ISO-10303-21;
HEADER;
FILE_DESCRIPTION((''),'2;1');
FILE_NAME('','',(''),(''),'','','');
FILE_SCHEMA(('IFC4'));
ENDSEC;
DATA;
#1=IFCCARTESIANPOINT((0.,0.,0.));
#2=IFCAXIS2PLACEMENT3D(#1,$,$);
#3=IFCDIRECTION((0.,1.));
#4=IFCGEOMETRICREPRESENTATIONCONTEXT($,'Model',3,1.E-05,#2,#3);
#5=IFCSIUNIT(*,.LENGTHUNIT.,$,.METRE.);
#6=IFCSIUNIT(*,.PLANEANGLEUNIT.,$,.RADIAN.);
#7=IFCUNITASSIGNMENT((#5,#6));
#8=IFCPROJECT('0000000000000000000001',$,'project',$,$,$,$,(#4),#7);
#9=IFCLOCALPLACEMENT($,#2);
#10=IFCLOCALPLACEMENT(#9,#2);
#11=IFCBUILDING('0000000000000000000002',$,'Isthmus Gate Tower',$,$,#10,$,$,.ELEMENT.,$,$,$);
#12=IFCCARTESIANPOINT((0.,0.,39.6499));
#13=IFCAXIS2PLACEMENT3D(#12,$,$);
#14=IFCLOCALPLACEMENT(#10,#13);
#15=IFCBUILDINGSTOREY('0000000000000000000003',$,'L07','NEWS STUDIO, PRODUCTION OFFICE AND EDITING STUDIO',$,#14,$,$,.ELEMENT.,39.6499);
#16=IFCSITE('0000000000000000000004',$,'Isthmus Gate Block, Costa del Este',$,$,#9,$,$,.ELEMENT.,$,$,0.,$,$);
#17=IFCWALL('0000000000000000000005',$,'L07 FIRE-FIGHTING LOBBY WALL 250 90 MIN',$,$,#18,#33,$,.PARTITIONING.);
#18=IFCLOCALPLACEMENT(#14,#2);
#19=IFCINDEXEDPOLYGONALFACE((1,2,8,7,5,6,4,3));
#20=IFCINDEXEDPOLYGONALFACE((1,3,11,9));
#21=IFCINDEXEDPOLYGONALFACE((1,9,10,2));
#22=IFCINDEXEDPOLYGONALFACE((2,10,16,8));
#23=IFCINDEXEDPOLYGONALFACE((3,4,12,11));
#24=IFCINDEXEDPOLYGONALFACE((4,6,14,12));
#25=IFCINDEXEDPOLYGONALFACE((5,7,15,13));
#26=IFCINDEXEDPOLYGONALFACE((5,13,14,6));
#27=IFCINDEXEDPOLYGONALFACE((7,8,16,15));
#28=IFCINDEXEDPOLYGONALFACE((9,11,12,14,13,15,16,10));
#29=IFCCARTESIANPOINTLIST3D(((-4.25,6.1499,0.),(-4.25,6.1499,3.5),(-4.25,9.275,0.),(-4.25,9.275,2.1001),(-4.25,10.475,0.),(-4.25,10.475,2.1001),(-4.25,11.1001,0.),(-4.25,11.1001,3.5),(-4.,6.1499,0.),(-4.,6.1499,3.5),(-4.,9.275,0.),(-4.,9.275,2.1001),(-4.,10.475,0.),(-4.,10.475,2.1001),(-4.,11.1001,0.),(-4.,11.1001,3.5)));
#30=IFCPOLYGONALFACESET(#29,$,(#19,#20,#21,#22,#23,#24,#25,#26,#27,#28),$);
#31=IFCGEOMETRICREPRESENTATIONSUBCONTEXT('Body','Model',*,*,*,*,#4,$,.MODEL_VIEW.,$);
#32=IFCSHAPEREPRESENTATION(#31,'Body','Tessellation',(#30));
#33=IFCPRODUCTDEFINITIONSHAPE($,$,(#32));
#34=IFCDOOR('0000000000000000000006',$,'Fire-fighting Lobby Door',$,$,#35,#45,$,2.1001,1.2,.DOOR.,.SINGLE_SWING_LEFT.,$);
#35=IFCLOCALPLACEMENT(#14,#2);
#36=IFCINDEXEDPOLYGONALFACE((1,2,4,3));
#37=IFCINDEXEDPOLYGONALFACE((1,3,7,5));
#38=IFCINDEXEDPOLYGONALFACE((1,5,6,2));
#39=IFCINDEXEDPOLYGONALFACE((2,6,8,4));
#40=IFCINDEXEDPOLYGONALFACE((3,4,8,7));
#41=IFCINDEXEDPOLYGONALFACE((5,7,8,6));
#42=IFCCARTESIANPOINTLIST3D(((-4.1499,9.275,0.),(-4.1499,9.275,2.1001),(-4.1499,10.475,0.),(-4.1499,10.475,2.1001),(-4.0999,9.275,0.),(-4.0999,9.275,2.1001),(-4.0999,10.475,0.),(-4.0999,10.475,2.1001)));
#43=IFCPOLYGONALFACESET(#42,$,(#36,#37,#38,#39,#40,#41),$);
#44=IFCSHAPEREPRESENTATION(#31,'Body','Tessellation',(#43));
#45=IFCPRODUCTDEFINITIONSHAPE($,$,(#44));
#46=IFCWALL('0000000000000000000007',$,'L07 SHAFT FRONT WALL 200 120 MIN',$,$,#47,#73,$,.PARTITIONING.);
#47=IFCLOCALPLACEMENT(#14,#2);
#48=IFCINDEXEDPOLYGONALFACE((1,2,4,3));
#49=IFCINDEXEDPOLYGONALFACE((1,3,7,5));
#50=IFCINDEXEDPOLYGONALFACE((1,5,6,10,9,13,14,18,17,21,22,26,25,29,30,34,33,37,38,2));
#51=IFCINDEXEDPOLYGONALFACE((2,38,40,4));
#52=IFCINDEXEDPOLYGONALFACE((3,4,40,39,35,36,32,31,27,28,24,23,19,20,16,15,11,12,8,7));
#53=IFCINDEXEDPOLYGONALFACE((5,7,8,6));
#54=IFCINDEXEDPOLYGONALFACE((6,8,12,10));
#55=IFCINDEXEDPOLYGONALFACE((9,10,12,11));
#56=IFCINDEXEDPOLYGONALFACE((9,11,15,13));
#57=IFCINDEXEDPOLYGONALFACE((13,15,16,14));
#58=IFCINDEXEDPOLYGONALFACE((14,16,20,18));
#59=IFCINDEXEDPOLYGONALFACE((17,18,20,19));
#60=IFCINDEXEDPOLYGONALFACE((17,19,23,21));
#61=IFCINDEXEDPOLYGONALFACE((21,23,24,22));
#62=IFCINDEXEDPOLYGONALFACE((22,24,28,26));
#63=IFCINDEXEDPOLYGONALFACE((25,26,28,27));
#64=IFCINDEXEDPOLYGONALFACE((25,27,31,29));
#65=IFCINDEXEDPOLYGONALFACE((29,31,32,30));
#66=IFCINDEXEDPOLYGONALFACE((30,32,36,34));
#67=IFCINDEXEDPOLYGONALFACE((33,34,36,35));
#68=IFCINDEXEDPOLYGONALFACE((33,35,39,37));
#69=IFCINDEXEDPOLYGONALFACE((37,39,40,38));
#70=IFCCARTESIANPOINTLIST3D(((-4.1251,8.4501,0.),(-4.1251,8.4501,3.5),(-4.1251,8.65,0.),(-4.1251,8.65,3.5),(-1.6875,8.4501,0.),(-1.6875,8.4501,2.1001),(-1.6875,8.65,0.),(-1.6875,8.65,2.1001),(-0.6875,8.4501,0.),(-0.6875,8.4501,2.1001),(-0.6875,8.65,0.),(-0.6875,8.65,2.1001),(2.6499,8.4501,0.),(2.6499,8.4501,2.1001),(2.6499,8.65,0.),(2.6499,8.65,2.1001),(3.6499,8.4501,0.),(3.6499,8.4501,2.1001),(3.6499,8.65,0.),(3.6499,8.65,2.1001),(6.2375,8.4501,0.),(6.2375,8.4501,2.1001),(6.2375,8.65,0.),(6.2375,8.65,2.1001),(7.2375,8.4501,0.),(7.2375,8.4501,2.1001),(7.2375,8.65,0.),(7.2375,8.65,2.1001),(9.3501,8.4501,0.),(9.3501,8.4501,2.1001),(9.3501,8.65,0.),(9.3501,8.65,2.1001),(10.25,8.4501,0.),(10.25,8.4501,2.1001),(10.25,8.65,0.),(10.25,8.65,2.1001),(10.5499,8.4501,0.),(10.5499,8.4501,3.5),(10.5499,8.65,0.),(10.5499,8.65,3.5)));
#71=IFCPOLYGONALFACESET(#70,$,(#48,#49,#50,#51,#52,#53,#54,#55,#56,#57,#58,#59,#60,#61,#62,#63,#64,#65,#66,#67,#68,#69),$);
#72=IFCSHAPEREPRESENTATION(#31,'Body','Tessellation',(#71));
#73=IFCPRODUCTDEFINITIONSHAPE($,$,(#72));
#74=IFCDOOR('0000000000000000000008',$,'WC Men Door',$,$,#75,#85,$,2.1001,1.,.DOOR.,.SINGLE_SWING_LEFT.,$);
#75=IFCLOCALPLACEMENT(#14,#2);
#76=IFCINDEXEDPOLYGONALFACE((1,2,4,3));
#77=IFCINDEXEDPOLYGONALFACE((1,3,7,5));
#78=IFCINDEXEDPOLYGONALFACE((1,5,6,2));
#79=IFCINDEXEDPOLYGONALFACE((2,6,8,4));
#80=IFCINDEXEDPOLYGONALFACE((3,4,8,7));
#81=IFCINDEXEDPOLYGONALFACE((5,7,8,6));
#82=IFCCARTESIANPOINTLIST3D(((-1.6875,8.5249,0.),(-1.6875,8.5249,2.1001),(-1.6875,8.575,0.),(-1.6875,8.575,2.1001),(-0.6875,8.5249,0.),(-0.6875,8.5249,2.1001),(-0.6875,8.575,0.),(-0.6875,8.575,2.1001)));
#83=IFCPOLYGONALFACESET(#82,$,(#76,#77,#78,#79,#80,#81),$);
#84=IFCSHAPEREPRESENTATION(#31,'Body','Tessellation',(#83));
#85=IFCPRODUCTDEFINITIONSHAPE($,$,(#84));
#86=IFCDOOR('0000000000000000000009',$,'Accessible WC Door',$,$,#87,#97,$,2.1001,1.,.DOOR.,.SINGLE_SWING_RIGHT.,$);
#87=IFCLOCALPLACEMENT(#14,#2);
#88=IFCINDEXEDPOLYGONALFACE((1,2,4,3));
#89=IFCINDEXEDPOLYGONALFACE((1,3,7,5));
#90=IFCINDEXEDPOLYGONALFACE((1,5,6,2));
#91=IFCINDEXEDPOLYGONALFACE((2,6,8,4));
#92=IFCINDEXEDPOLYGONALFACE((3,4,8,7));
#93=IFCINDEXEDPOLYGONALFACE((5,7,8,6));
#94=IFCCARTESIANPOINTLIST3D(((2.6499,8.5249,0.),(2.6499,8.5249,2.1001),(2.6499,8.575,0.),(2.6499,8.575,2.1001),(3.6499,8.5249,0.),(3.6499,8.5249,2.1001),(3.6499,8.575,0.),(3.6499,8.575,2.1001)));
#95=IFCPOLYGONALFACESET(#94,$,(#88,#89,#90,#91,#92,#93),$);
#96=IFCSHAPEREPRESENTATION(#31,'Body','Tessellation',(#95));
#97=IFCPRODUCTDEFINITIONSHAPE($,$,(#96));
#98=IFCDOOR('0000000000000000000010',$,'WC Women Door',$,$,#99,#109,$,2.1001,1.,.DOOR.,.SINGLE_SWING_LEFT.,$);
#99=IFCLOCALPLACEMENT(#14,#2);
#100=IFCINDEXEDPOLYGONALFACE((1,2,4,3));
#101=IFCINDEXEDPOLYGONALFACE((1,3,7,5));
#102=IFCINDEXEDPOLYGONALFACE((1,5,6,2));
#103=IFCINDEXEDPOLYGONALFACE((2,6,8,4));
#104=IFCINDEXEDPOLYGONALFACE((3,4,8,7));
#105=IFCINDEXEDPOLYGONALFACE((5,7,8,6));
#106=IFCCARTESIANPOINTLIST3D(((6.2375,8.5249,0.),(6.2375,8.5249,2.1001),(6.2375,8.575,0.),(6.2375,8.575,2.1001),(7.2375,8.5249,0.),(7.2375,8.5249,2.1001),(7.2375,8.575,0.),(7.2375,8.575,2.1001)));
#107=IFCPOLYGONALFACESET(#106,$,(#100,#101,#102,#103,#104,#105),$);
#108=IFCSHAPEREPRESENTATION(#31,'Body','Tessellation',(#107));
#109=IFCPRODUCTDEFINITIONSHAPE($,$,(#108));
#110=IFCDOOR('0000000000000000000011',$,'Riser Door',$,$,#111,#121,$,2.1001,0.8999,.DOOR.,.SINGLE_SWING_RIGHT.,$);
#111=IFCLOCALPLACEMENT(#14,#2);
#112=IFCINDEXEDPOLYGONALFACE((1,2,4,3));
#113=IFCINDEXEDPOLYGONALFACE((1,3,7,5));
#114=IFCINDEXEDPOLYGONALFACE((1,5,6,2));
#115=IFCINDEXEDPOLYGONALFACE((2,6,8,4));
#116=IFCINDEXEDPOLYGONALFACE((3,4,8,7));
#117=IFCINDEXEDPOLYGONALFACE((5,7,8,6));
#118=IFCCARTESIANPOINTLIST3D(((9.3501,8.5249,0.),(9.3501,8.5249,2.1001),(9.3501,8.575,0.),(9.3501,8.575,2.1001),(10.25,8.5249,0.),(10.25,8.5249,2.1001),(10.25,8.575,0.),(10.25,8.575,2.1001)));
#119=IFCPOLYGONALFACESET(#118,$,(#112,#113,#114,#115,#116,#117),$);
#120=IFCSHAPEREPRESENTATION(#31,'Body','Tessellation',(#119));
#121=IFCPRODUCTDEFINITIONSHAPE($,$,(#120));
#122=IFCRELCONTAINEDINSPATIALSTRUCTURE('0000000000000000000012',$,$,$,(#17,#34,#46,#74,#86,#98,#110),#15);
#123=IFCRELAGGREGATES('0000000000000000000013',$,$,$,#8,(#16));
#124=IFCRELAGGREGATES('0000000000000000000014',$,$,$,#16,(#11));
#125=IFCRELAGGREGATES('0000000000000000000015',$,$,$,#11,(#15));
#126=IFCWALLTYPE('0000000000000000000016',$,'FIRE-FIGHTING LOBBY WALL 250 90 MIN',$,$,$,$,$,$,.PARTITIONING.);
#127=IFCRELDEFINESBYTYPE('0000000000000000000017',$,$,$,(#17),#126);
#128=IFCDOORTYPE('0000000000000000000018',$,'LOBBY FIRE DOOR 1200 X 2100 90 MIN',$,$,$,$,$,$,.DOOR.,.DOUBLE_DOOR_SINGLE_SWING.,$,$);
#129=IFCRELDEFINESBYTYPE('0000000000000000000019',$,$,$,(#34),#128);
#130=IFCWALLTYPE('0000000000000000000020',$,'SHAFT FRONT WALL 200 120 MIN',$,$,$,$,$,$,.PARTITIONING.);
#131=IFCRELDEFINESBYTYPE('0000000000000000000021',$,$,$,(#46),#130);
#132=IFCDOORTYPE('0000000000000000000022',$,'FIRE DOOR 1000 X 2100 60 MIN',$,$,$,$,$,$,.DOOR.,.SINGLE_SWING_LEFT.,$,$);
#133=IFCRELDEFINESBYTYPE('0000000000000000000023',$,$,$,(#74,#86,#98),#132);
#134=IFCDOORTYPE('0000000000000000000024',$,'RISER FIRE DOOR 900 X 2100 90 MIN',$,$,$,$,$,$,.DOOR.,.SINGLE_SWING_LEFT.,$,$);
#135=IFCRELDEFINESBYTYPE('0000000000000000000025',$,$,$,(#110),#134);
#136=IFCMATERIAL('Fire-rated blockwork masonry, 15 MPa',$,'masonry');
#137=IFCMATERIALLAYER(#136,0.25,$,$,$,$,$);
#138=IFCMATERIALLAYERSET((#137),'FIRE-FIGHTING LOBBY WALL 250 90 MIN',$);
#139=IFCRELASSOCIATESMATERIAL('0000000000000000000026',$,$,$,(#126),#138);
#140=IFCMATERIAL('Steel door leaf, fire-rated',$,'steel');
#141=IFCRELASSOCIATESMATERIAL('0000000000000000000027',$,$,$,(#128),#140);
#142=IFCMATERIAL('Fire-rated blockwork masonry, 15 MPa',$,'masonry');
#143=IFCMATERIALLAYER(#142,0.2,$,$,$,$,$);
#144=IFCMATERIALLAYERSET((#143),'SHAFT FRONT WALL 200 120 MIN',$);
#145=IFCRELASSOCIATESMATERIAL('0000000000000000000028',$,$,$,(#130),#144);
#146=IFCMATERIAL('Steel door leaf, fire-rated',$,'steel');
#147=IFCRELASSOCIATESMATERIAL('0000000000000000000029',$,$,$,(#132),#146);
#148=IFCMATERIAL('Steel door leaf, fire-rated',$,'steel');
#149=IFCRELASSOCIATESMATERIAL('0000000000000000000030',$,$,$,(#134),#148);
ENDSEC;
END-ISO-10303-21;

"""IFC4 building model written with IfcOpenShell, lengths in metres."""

from ifc_helpers import new_model, si_unit, direction, frame, frame_2d, origin, place, context, subcontext, project, spatial, rectangle, extrude, material, layer, layer_set, type_object, element, fill, save


model = new_model("IFC4")

# Units and contexts
model_context = context("Model", 3, precision=1e-05, world=origin(), true_north=direction((0.0, 1.0)))
body_context = subcontext(model_context, "Body", "Model", "MODEL_VIEW")
ifc_project = project(units=[si_unit("LENGTHUNIT", "METRE"), si_unit("PLANEANGLEUNIT", "RADIAN")], contexts=[model_context])

# Site, building, storey
site_placement = place(None, origin())
site = spatial("IfcSite", under=ifc_project, at=site_placement, Name="Isthmus Gate Block, Costa del Este", CompositionType="ELEMENT", RefElevation=0.0)
building_placement = place(site_placement, origin())
building = spatial("IfcBuilding", under=site, at=building_placement, Name="Isthmus Gate Tower", CompositionType="ELEMENT")
storey_placement = place(building_placement, frame((0.0, 0.0, 39.6499)))
storey = spatial("IfcBuildingStorey", under=building, at=storey_placement, Name="L07", Description="NEWS STUDIO, PRODUCTION OFFICE AND EDITING STUDIO", CompositionType="ELEMENT", Elevation=39.6499)

# Wall, opening, door
ifc_material_1 = material(Name="Fire-rated blockwork masonry, 15 MPa", Category="masonry")
ifc_layer_1 = layer(ifc_material_1, 0.25)
ifc_layer_set_1 = layer_set([ifc_layer_1], Name="FIRE-FIGHTING LOBBY WALL 250 90 MIN")
wall_type_1 = type_object("IfcWallType", Name="FIRE-FIGHTING LOBBY WALL 250 90 MIN", PredefinedType="PARTITIONING", material=ifc_layer_set_1)
wall_1_placement = place(storey_placement, frame((-4.125, 6.1499, 0.0), z_axis=(0.0, 0.0, 1.0), x_axis=(0.0, 1.0, 0.0)))
wall_1 = element("IfcWall", 1, at=wall_1_placement, inside=storey, type_object=wall_type_1, Name="L07 FIRE-FIGHTING LOBBY WALL 250 90 MIN", PredefinedType="PARTITIONING", context=body_context, shape_type="SweptSolid", body=[
    extrude(rectangle(XDim=4.9502, YDim=0.25, at=frame_2d((2.4751, 0.0))), origin(), (0.0, 0.0, 1.0), 3.5),
])
opening_1_placement = place(wall_1_placement, frame((3.125, 0.0, 0.0)))
opening_1 = element("IfcOpeningElement", 2, at=opening_1_placement, cuts=wall_1, PredefinedType="OPENING", context=body_context, shape_type="SweptSolid", body=[
    extrude(rectangle(XDim=1.2, YDim=2.1001, at=frame_2d((0.6001, 1.05))), frame((0.0, 0.135, 0.0), z_axis=(0.0, -1.0, 0.0), x_axis=(1.0, 0.0, 0.0)), (0.0, 0.0, 1.0), 0.27),
])
ifc_material_2 = material(Name="Steel door leaf, fire-rated", Category="steel")
door_type_1 = type_object("IfcDoorType", Name="LOBBY FIRE DOOR 1200 X 2100 90 MIN", OperationType="DOUBLE_DOOR_SINGLE_SWING", PredefinedType="DOOR", material=ifc_material_2)
door_1_placement = place(opening_1_placement, origin())
door_1 = element("IfcDoor", 3, at=door_1_placement, inside=storey, type_object=door_type_1, Name="Fire-fighting Lobby Door", OperationType="SINGLE_SWING_LEFT", OverallHeight=2.1001, OverallWidth=1.2, PredefinedType="DOOR", context=body_context, shape_type="SweptSolid", body=[
    extrude(rectangle(XDim=1.2, YDim=2.1001, at=frame_2d((0.6001, 1.05))), frame((0.0, 0.0249, 0.0), z_axis=(0.0, -1.0, 0.0), x_axis=(1.0, 0.0, 0.0)), (0.0, 0.0, 1.0), 0.05),
])
fill(opening_1, door_1)

# Wall, openings, doors
ifc_material_3 = material(Name="Fire-rated blockwork masonry, 15 MPa", Category="masonry")
ifc_layer_2 = layer(ifc_material_3, 0.2)
ifc_layer_set_2 = layer_set([ifc_layer_2], Name="SHAFT FRONT WALL 200 120 MIN")
wall_type_2 = type_object("IfcWallType", Name="SHAFT FRONT WALL 200 120 MIN", PredefinedType="PARTITIONING", material=ifc_layer_set_2)
wall_2_placement = place(storey_placement, frame((-4.125, 8.55, 0.0), z_axis=(0.0, 0.0, 1.0), x_axis=(1.0, 0.0, 0.0)))
wall_2 = element("IfcWall", 4, at=wall_2_placement, inside=storey, type_object=wall_type_2, Name="L07 SHAFT FRONT WALL 200 120 MIN", PredefinedType="PARTITIONING", context=body_context, shape_type="SweptSolid", body=[
    extrude(rectangle(XDim=14.675, YDim=0.2, at=frame_2d((7.3374, 0.0))), origin(), (0.0, 0.0, 1.0), 3.5),
])
opening_2_placement = place(wall_2_placement, frame((2.4375, 0.0, 0.0)))
opening_2 = element("IfcOpeningElement", 5, at=opening_2_placement, cuts=wall_2, PredefinedType="OPENING", context=body_context, shape_type="SweptSolid", body=[
    extrude(rectangle(XDim=1.0, YDim=2.1001, at=frame_2d((0.5, 1.05))), frame((0.0, 0.1099, 0.0), z_axis=(0.0, -1.0, 0.0), x_axis=(1.0, 0.0, 0.0)), (0.0, 0.0, 1.0), 0.22),
])
opening_3_placement = place(wall_2_placement, frame((6.7749, 0.0, 0.0)))
opening_3 = element("IfcOpeningElement", 6, at=opening_3_placement, cuts=wall_2, PredefinedType="OPENING", context=body_context, shape_type="SweptSolid", body=[
    extrude(rectangle(XDim=1.0, YDim=2.1001, at=frame_2d((0.5, 1.05))), frame((0.0, 0.1099, 0.0), z_axis=(0.0, -1.0, 0.0), x_axis=(1.0, 0.0, 0.0)), (0.0, 0.0, 1.0), 0.22),
])
opening_4_placement = place(wall_2_placement, frame((10.3625, 0.0, 0.0)))
opening_4 = element("IfcOpeningElement", 7, at=opening_4_placement, cuts=wall_2, PredefinedType="OPENING", context=body_context, shape_type="SweptSolid", body=[
    extrude(rectangle(XDim=1.0, YDim=2.1001, at=frame_2d((0.5, 1.05))), frame((0.0, 0.1099, 0.0), z_axis=(0.0, -1.0, 0.0), x_axis=(1.0, 0.0, 0.0)), (0.0, 0.0, 1.0), 0.22),
])
opening_5_placement = place(wall_2_placement, frame((13.4751, 0.0, 0.0)))
opening_5 = element("IfcOpeningElement", 8, at=opening_5_placement, cuts=wall_2, PredefinedType="OPENING", context=body_context, shape_type="SweptSolid", body=[
    extrude(rectangle(XDim=0.8999, YDim=2.1001, at=frame_2d((0.45, 1.05))), frame((0.0, 0.1099, 0.0), z_axis=(0.0, -1.0, 0.0), x_axis=(1.0, 0.0, 0.0)), (0.0, 0.0, 1.0), 0.22),
])
ifc_material_4 = material(Name="Steel door leaf, fire-rated", Category="steel")
door_type_2 = type_object("IfcDoorType", Name="FIRE DOOR 1000 X 2100 60 MIN", OperationType="SINGLE_SWING_LEFT", PredefinedType="DOOR", material=ifc_material_4)
door_2_placement = place(opening_2_placement, origin())
door_2 = element("IfcDoor", 9, at=door_2_placement, inside=storey, type_object=door_type_2, Name="WC Men Door", OperationType="SINGLE_SWING_LEFT", OverallHeight=2.1001, OverallWidth=1.0, PredefinedType="DOOR", context=body_context, shape_type="SweptSolid", body=[
    extrude(rectangle(XDim=1.0, YDim=2.1001, at=frame_2d((0.5, 1.05))), frame((0.0, 0.0249, 0.0), z_axis=(0.0, -1.0, 0.0), x_axis=(1.0, 0.0, 0.0)), (0.0, 0.0, 1.0), 0.05),
])
fill(opening_2, door_2)
door_3_placement = place(opening_3_placement, origin())
door_3 = element("IfcDoor", 10, at=door_3_placement, inside=storey, type_object=door_type_2, Name="Accessible WC Door", OperationType="SINGLE_SWING_RIGHT", OverallHeight=2.1001, OverallWidth=1.0, PredefinedType="DOOR", context=body_context, shape_type="SweptSolid", body=[
    extrude(rectangle(XDim=1.0, YDim=2.1001, at=frame_2d((0.5, 1.05))), frame((0.0, 0.0249, 0.0), z_axis=(0.0, -1.0, 0.0), x_axis=(1.0, 0.0, 0.0)), (0.0, 0.0, 1.0), 0.05),
])
fill(opening_3, door_3)
door_4_placement = place(opening_4_placement, origin())
door_4 = element("IfcDoor", 11, at=door_4_placement, inside=storey, type_object=door_type_2, Name="WC Women Door", OperationType="SINGLE_SWING_LEFT", OverallHeight=2.1001, OverallWidth=1.0, PredefinedType="DOOR", context=body_context, shape_type="SweptSolid", body=[
    extrude(rectangle(XDim=1.0, YDim=2.1001, at=frame_2d((0.5, 1.05))), frame((0.0, 0.0249, 0.0), z_axis=(0.0, -1.0, 0.0), x_axis=(1.0, 0.0, 0.0)), (0.0, 0.0, 1.0), 0.05),
])
fill(opening_4, door_4)
ifc_material_5 = material(Name="Steel door leaf, fire-rated", Category="steel")
door_type_3 = type_object("IfcDoorType", Name="RISER FIRE DOOR 900 X 2100 90 MIN", OperationType="SINGLE_SWING_LEFT", PredefinedType="DOOR", material=ifc_material_5)
door_5_placement = place(opening_5_placement, origin())
door_5 = element("IfcDoor", 12, at=door_5_placement, inside=storey, type_object=door_type_3, Name="Riser Door", OperationType="SINGLE_SWING_RIGHT", OverallHeight=2.1001, OverallWidth=0.8999, PredefinedType="DOOR", context=body_context, shape_type="SweptSolid", body=[
    extrude(rectangle(XDim=0.8999, YDim=2.1001, at=frame_2d((0.45, 1.05))), frame((0.0, 0.0249, 0.0), z_axis=(0.0, -1.0, 0.0), x_axis=(1.0, 0.0, 0.0)), (0.0, 0.0, 1.0), 0.05),
])
fill(opening_5, door_5)

save(model, "model.ifc")
